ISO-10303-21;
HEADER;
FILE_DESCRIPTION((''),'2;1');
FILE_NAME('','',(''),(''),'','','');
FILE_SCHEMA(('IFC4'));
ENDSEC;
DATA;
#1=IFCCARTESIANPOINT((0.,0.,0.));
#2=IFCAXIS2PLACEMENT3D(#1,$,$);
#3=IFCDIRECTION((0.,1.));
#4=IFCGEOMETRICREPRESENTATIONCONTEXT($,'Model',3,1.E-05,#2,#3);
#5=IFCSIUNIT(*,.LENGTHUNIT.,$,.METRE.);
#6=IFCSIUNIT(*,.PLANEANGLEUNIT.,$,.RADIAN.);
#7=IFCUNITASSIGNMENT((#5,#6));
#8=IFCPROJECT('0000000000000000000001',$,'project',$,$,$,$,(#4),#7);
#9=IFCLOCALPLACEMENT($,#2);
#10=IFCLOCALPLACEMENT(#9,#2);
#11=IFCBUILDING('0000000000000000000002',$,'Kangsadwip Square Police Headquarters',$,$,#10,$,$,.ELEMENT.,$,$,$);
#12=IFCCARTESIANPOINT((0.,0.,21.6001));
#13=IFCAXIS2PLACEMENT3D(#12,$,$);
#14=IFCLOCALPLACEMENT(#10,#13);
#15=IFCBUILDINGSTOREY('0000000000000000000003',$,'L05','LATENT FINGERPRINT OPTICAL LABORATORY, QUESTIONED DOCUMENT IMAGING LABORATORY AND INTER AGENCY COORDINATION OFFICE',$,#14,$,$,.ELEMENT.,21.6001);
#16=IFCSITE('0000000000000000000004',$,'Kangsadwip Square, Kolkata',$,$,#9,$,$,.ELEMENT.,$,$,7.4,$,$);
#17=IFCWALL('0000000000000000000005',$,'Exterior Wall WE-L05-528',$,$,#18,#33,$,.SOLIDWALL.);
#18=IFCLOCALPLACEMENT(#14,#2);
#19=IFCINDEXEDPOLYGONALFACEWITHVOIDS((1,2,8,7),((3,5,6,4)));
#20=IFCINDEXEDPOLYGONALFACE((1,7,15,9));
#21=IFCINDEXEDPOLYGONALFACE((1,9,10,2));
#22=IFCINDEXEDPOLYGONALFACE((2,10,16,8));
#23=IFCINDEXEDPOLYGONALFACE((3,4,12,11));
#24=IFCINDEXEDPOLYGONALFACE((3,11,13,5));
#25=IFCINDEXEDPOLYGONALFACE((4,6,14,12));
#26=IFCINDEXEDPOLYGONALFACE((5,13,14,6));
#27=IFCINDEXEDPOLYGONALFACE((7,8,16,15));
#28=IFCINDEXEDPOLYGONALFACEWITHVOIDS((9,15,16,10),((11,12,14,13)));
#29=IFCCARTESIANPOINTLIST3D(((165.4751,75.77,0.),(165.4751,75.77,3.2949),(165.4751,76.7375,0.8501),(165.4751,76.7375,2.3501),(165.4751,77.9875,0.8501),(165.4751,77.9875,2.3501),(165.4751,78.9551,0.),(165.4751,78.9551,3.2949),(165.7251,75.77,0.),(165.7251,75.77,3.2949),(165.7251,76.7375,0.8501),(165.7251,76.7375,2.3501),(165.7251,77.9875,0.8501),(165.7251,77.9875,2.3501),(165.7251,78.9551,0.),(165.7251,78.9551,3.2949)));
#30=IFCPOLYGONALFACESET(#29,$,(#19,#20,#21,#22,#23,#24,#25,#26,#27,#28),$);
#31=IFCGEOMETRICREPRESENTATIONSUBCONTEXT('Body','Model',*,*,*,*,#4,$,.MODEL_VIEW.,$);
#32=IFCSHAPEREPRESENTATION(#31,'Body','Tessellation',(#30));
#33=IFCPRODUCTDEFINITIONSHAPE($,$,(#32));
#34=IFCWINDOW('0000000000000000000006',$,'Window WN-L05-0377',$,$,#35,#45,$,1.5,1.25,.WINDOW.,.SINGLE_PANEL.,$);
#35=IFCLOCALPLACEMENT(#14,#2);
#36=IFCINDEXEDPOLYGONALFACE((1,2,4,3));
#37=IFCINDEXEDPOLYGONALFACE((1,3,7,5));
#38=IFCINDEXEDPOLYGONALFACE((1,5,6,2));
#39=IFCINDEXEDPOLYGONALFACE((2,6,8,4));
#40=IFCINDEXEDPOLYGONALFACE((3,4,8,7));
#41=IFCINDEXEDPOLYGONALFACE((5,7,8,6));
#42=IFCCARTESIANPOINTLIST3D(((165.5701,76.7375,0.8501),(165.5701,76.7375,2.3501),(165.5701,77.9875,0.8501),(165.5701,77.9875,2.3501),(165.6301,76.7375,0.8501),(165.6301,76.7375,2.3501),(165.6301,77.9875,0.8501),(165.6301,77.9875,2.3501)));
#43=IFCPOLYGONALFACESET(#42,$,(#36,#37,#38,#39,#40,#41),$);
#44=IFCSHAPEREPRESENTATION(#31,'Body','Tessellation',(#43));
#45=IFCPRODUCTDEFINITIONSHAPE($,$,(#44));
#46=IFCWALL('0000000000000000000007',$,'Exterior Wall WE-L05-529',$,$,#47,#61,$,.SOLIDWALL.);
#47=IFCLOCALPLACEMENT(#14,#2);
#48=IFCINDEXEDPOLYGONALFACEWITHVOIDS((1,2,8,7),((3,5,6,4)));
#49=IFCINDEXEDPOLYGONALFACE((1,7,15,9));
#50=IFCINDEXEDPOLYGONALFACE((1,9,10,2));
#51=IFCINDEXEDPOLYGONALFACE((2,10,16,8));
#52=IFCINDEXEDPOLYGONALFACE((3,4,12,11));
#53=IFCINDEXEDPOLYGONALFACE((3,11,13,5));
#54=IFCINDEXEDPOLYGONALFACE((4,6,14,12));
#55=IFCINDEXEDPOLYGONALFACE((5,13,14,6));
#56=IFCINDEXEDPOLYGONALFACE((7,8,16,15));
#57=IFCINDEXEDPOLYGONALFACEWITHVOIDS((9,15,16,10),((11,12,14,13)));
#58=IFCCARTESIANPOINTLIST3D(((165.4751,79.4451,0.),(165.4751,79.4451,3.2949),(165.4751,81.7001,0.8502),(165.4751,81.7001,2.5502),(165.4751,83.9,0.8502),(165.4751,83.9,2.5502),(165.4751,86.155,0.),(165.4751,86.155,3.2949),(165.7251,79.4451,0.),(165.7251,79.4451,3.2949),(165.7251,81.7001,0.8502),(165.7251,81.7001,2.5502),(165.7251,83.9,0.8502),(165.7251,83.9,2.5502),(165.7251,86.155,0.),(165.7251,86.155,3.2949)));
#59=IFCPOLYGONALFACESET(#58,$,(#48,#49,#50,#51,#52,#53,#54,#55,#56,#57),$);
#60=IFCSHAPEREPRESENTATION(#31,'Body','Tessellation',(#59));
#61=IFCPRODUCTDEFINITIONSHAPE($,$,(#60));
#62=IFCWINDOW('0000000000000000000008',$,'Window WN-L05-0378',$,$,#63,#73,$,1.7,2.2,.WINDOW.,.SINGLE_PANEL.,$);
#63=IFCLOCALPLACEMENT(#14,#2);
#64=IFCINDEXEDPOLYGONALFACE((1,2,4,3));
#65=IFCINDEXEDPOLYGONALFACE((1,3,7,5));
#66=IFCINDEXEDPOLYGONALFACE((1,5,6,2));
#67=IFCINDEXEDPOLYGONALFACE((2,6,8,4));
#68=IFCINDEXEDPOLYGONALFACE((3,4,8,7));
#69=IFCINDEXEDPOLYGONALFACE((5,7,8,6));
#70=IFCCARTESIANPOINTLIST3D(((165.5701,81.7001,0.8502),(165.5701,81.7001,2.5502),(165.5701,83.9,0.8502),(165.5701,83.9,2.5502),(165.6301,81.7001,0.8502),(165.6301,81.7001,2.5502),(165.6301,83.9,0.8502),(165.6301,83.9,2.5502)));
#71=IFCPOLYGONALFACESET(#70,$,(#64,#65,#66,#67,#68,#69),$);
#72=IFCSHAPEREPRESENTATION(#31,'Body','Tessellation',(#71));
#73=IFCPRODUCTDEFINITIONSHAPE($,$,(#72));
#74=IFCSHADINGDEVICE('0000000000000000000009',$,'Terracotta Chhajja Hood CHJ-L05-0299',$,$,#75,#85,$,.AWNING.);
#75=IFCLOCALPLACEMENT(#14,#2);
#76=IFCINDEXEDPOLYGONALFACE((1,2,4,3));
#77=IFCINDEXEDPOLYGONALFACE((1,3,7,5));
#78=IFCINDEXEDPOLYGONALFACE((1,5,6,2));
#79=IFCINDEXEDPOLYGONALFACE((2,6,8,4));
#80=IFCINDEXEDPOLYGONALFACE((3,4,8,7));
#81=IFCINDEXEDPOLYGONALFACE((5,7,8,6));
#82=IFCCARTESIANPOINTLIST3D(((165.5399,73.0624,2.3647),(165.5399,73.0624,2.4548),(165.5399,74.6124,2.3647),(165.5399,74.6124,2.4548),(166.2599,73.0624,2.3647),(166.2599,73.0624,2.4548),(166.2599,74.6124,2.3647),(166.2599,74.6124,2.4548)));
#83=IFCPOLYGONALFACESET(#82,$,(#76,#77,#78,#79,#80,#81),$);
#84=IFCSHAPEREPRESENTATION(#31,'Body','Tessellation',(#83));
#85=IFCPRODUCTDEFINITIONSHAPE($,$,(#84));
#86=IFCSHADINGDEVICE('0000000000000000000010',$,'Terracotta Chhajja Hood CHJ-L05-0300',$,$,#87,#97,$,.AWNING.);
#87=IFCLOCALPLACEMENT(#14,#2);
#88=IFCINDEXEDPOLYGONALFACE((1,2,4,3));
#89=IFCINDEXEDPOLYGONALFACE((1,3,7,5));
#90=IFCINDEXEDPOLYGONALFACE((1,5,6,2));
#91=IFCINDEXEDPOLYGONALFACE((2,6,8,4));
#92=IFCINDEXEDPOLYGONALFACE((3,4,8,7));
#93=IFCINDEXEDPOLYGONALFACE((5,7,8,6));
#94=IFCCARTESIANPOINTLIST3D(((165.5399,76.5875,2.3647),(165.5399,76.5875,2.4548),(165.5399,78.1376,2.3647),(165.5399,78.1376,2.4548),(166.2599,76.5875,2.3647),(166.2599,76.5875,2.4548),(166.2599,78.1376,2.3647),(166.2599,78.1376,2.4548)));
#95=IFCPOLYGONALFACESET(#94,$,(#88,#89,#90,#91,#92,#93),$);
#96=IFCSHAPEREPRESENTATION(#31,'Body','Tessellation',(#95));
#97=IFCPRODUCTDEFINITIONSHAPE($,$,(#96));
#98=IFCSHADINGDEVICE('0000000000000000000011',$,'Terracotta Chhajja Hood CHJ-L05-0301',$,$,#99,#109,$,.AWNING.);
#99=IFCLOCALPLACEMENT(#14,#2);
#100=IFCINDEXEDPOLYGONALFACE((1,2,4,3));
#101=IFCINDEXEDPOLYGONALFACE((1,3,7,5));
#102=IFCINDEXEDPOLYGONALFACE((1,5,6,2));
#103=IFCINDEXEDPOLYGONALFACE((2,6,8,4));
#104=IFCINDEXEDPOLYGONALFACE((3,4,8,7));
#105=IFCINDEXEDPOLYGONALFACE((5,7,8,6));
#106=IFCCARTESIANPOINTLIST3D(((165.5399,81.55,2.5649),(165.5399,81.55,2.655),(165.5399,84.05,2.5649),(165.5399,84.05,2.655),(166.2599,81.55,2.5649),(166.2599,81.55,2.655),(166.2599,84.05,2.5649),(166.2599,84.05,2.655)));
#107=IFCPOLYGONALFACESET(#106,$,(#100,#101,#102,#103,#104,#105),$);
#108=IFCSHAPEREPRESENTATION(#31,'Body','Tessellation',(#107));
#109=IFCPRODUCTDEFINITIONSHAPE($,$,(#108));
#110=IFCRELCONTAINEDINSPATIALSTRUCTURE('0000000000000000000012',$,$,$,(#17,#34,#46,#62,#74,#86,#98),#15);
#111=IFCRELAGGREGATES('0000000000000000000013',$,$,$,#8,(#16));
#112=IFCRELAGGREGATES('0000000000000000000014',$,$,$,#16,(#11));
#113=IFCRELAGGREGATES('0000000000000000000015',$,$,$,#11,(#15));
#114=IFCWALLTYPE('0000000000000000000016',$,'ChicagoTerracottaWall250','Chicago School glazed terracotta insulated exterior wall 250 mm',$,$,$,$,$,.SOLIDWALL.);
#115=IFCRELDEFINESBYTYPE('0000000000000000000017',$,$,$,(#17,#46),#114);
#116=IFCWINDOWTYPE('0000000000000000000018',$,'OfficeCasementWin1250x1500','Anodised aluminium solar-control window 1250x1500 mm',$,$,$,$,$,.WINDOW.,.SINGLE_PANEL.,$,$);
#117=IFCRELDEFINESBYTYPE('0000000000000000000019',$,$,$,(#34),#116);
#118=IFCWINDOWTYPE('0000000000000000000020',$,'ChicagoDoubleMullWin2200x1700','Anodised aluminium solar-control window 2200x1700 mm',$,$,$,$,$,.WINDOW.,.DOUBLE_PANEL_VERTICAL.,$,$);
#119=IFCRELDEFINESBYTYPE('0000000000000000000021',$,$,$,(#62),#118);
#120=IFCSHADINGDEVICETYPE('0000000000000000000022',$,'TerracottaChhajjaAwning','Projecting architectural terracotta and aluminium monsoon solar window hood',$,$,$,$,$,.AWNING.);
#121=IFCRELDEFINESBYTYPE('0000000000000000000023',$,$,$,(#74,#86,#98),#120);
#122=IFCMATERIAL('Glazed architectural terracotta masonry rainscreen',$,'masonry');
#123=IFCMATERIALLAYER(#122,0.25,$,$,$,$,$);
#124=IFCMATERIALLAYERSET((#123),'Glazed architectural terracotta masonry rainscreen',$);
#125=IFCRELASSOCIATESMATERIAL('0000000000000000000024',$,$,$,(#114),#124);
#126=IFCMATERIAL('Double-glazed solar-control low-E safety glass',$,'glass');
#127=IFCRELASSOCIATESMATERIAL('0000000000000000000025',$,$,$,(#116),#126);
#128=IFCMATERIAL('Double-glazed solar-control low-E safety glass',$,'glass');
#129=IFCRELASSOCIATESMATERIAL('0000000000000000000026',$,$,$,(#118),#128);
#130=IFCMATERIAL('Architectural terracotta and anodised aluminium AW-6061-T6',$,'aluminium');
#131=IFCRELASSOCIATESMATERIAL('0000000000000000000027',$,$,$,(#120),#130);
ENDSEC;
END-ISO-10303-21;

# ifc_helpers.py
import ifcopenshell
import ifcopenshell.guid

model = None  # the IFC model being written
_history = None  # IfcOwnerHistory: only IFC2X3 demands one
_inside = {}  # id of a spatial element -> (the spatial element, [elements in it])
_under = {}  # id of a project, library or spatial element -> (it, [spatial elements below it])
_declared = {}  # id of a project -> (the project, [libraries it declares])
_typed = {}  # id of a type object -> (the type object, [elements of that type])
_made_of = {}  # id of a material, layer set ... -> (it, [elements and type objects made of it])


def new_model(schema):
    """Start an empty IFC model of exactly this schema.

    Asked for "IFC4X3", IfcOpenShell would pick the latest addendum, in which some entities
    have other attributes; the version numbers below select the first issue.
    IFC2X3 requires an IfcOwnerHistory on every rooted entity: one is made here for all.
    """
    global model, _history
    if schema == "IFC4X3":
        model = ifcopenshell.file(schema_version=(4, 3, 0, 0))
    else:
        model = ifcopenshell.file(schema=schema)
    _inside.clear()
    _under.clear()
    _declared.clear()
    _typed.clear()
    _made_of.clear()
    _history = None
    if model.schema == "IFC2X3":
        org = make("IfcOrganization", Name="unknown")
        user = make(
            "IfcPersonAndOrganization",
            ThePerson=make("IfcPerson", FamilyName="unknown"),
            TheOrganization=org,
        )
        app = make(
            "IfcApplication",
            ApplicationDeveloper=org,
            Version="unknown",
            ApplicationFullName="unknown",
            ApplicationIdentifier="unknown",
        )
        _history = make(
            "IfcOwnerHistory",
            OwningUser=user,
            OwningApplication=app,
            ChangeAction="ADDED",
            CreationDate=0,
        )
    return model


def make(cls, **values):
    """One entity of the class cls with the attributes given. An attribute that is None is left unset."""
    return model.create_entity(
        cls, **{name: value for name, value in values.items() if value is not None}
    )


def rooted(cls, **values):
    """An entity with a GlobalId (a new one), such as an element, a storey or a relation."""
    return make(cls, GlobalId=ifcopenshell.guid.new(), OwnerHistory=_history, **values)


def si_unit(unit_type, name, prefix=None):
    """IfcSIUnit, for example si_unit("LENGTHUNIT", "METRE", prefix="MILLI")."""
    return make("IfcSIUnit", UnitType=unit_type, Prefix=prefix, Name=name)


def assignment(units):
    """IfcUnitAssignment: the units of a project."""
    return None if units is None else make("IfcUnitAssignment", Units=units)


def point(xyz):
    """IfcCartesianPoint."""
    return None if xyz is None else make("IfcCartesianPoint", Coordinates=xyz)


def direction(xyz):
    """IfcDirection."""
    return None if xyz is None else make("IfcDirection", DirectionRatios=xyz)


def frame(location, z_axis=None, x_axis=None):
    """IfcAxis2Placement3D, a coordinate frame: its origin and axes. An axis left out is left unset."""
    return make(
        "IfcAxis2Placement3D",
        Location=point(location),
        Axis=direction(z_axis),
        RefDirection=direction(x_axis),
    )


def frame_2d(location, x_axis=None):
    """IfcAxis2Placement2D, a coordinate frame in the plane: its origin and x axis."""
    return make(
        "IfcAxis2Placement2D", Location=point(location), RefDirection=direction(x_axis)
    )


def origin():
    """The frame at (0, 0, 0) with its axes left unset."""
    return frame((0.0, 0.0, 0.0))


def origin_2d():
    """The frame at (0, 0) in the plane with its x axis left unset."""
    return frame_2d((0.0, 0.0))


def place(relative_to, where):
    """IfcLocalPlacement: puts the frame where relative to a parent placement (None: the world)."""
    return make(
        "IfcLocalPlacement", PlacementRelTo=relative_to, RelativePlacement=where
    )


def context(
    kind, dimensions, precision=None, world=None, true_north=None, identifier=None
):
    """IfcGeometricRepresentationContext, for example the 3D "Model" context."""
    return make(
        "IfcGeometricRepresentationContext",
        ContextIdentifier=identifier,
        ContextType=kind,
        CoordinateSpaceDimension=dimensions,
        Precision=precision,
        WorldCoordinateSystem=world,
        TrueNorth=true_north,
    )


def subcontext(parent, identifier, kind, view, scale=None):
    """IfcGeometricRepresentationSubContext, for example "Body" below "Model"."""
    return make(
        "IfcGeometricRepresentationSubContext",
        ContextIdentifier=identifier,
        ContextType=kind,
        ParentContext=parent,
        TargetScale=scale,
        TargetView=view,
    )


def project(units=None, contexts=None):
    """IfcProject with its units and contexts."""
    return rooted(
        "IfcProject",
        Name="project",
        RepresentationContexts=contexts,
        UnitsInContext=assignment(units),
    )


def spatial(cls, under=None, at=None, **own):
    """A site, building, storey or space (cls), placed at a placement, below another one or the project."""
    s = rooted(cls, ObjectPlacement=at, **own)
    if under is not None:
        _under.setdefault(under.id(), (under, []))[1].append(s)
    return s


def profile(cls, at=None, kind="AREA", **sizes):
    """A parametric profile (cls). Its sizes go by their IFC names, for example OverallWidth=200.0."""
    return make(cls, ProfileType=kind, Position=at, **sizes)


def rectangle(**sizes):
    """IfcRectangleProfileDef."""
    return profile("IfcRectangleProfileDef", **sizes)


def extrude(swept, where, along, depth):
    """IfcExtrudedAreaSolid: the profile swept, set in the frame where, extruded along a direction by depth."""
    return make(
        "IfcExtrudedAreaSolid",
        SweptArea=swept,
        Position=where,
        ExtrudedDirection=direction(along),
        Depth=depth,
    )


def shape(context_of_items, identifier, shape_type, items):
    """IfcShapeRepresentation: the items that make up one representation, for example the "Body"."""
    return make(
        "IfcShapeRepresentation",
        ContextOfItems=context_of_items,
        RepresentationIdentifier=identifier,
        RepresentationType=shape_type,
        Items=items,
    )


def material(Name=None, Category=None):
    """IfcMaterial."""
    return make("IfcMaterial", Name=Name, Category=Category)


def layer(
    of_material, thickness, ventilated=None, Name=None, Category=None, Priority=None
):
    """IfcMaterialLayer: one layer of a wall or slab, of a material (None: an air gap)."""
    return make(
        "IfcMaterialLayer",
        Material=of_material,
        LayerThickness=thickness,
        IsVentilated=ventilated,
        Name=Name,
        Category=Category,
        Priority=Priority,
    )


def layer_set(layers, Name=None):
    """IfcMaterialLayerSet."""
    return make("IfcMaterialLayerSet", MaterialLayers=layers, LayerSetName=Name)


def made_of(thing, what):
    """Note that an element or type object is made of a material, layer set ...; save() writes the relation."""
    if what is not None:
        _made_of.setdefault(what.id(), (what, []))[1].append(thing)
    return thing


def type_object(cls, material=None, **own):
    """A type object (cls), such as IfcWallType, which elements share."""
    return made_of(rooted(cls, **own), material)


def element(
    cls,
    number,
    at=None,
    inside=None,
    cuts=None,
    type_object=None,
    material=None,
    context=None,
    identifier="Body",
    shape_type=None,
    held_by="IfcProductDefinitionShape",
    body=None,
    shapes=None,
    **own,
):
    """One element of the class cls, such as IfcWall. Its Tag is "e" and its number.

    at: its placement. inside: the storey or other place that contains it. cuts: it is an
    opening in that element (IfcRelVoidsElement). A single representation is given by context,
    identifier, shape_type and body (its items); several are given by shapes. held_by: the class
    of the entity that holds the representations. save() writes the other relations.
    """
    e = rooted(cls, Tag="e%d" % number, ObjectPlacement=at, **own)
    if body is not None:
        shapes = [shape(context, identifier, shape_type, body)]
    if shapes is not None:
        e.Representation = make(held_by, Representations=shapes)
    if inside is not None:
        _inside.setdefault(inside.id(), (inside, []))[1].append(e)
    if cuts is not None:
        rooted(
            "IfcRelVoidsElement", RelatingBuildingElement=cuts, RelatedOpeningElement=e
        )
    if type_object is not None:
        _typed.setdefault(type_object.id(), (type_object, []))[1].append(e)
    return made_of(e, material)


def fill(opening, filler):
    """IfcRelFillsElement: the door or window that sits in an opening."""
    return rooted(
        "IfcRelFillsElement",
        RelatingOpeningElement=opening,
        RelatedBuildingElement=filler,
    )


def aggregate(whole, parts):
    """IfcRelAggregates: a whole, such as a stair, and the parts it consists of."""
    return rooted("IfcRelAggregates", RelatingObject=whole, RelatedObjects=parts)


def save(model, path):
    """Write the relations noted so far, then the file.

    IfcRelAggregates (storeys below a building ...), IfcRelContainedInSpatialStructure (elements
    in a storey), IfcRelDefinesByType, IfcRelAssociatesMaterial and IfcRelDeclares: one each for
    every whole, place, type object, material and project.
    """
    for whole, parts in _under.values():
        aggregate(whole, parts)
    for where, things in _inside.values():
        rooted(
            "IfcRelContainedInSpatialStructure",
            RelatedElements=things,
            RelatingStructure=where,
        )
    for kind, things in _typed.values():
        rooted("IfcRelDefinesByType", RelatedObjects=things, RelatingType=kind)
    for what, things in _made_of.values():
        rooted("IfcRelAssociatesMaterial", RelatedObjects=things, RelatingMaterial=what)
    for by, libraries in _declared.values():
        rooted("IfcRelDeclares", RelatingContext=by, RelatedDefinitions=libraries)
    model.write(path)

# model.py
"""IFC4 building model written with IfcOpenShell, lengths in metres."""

from ifc_helpers import new_model, si_unit, direction, frame, frame_2d, origin, origin_2d, place, context, subcontext, project, spatial, rectangle, extrude, material, layer, layer_set, type_object, element, fill, save


model = new_model("IFC4")

# Units and contexts
model_context = context("Model", 3, precision=1e-05, world=origin(), true_north=direction((0.0, 1.0)))
body_context = subcontext(model_context, "Body", "Model", "MODEL_VIEW")
ifc_project = project(units=[si_unit("LENGTHUNIT", "METRE"), si_unit("PLANEANGLEUNIT", "RADIAN")], contexts=[model_context])

# Site, building, storey
site_placement = place(None, origin())
site = spatial("IfcSite", under=ifc_project, at=site_placement, Name="Kangsadwip Square, Kolkata", CompositionType="ELEMENT", RefElevation=7.4)
building_placement = place(site_placement, origin())
building = spatial("IfcBuilding", under=site, at=building_placement, Name="Kangsadwip Square Police Headquarters", CompositionType="ELEMENT")
storey_placement = place(building_placement, frame((0.0, 0.0, 21.6001)))
storey = spatial("IfcBuildingStorey", under=building, at=storey_placement, Name="L05", Description="LATENT FINGERPRINT OPTICAL LABORATORY, QUESTIONED DOCUMENT IMAGING LABORATORY AND INTER AGENCY COORDINATION OFFICE", CompositionType="ELEMENT", Elevation=21.6001)

# Walls, openings, windows
ifc_material_1 = material(Name="Glazed architectural terracotta masonry rainscreen", Category="masonry")
ifc_layer = layer(ifc_material_1, 0.25)
ifc_layer_set = layer_set([ifc_layer], Name="Glazed architectural terracotta masonry rainscreen")
wall_type = type_object("IfcWallType", Name="ChicagoTerracottaWall250", Description="Chicago School glazed terracotta insulated exterior wall 250 mm", PredefinedType="SOLIDWALL", material=ifc_layer_set)
ifc_material_2 = material(Name="Double-glazed solar-control low-E safety glass", Category="glass")
window_type_1 = type_object("IfcWindowType", Name="OfficeCasementWin1250x1500", Description="Anodised aluminium solar-control window 1250x1500 mm", PartitioningType="SINGLE_PANEL", PredefinedType="WINDOW", material=ifc_material_2)
wall_1_placement = place(storey_placement, frame((165.6001, 75.77, 0.0), z_axis=(0.0, 0.0, 1.0), x_axis=(0.0, 1.0, 0.0)))
wall_1 = element("IfcWall", 1, at=wall_1_placement, inside=storey, type_object=wall_type, Name="Exterior Wall WE-L05-528", PredefinedType="SOLIDWALL", context=body_context, shape_type="SweptSolid", body=[
    extrude(rectangle(XDim=3.1851, YDim=0.25, at=frame_2d((1.5925, 0.0))), origin(), (0.0, 0.0, 1.0), 3.2949),
])
opening_1_placement = place(wall_1_placement, frame((0.9675, 0.0, 0.8501)))
opening_1 = element("IfcOpeningElement", 2, at=opening_1_placement, cuts=wall_1, PredefinedType="OPENING", context=body_context, shape_type="SweptSolid", body=[
    extrude(rectangle(XDim=1.25, YDim=1.5, at=frame_2d((0.625, 0.75))), frame((0.0, 0.135, 0.0), z_axis=(0.0, -1.0, 0.0), x_axis=(1.0, 0.0, 0.0)), (0.0, 0.0, 1.0), 0.27),
])
window_1_placement = place(opening_1_placement, origin())
window_1 = element("IfcWindow", 3, at=window_1_placement, inside=storey, type_object=window_type_1, Name="Window WN-L05-0377", OverallHeight=1.5, OverallWidth=1.25, PartitioningType="SINGLE_PANEL", PredefinedType="WINDOW", context=body_context, shape_type="SweptSolid", body=[
    extrude(rectangle(XDim=1.25, YDim=1.5, at=frame_2d((0.625, 0.75))), frame((0.0, 0.03, 0.0), z_axis=(0.0, -1.0, 0.0), x_axis=(1.0, 0.0, 0.0)), (0.0, 0.0, 1.0), 0.0601),
])
fill(opening_1, window_1)
wall_2_placement = place(storey_placement, frame((165.6001, 79.4451, 0.0), z_axis=(0.0, 0.0, 1.0), x_axis=(0.0, 1.0, 0.0)))
wall_2 = element("IfcWall", 4, at=wall_2_placement, inside=storey, type_object=wall_type, Name="Exterior Wall WE-L05-529", PredefinedType="SOLIDWALL", context=body_context, shape_type="SweptSolid", body=[
    extrude(rectangle(XDim=6.71, YDim=0.25, at=frame_2d((3.355, 0.0))), origin(), (0.0, 0.0, 1.0), 3.2949),
])
opening_2_placement = place(wall_2_placement, frame((2.2549, 0.0, 0.8501)))
opening_2 = element("IfcOpeningElement", 5, at=opening_2_placement, cuts=wall_2, PredefinedType="OPENING", context=body_context, shape_type="SweptSolid", body=[
    extrude(rectangle(XDim=2.2, YDim=1.7, at=frame_2d((1.1001, 0.8501))), frame((0.0, 0.135, 0.0), z_axis=(0.0, -1.0, 0.0), x_axis=(1.0, 0.0, 0.0)), (0.0, 0.0, 1.0), 0.27),
])
ifc_material_3 = material(Name="Double-glazed solar-control low-E safety glass", Category="glass")
window_type_2 = type_object("IfcWindowType", Name="ChicagoDoubleMullWin2200x1700", Description="Anodised aluminium solar-control window 2200x1700 mm", PartitioningType="DOUBLE_PANEL_VERTICAL", PredefinedType="WINDOW", material=ifc_material_3)
window_2_placement = place(opening_2_placement, origin())
window_2 = element("IfcWindow", 6, at=window_2_placement, inside=storey, type_object=window_type_2, Name="Window WN-L05-0378", OverallHeight=1.7, OverallWidth=2.2, PartitioningType="SINGLE_PANEL", PredefinedType="WINDOW", context=body_context, shape_type="SweptSolid", body=[
    extrude(rectangle(XDim=2.2, YDim=1.7, at=frame_2d((1.1001, 0.8501))), frame((0.0, 0.03, 0.0), z_axis=(0.0, -1.0, 0.0), x_axis=(1.0, 0.0, 0.0)), (0.0, 0.0, 1.0), 0.0601),
])
fill(opening_2, window_2)

# Shading devices
ifc_material_4 = material(Name="Architectural terracotta and anodised aluminium AW-6061-T6", Category="aluminium")
shading_device_type = type_object("IfcShadingDeviceType", Name="TerracottaChhajjaAwning", Description="Projecting architectural terracotta and aluminium monsoon solar window hood", PredefinedType="AWNING", material=ifc_material_4)
for number, where, z_axis, x_axis, name in (
    (7, (165.8999, 73.8374, 2.3647), (0.0, 0.0, 1.0), (0.0, 1.0, 0.0), "Terracotta Chhajja Hood CHJ-L05-0299"),
    (8, (165.8999, 77.3625, 2.3647), (0.0, 0.0, 1.0), (0.0, 1.0, 0.0), "Terracotta Chhajja Hood CHJ-L05-0300"),
):
    element("IfcShadingDevice", number, at=place(storey_placement, frame(where, z_axis=z_axis, x_axis=x_axis)), inside=storey, type_object=shading_device_type, Name=name, PredefinedType="AWNING", context=body_context, shape_type="SweptSolid", body=[
        extrude(rectangle(XDim=1.55, YDim=0.72, at=origin_2d()), origin(), (0.0, 0.0, 1.0), 0.0901),
    ])
shading_device_placement = place(storey_placement, frame((165.8999, 82.8, 2.5649), z_axis=(0.0, 0.0, 1.0), x_axis=(0.0, 1.0, 0.0)))
element("IfcShadingDevice", 9, at=shading_device_placement, inside=storey, type_object=shading_device_type, Name="Terracotta Chhajja Hood CHJ-L05-0301", PredefinedType="AWNING", context=body_context, shape_type="SweptSolid", body=[
    extrude(rectangle(XDim=2.5, YDim=0.72, at=origin_2d()), origin(), (0.0, 0.0, 1.0), 0.0901),
])

save(model, "model.ifc")
